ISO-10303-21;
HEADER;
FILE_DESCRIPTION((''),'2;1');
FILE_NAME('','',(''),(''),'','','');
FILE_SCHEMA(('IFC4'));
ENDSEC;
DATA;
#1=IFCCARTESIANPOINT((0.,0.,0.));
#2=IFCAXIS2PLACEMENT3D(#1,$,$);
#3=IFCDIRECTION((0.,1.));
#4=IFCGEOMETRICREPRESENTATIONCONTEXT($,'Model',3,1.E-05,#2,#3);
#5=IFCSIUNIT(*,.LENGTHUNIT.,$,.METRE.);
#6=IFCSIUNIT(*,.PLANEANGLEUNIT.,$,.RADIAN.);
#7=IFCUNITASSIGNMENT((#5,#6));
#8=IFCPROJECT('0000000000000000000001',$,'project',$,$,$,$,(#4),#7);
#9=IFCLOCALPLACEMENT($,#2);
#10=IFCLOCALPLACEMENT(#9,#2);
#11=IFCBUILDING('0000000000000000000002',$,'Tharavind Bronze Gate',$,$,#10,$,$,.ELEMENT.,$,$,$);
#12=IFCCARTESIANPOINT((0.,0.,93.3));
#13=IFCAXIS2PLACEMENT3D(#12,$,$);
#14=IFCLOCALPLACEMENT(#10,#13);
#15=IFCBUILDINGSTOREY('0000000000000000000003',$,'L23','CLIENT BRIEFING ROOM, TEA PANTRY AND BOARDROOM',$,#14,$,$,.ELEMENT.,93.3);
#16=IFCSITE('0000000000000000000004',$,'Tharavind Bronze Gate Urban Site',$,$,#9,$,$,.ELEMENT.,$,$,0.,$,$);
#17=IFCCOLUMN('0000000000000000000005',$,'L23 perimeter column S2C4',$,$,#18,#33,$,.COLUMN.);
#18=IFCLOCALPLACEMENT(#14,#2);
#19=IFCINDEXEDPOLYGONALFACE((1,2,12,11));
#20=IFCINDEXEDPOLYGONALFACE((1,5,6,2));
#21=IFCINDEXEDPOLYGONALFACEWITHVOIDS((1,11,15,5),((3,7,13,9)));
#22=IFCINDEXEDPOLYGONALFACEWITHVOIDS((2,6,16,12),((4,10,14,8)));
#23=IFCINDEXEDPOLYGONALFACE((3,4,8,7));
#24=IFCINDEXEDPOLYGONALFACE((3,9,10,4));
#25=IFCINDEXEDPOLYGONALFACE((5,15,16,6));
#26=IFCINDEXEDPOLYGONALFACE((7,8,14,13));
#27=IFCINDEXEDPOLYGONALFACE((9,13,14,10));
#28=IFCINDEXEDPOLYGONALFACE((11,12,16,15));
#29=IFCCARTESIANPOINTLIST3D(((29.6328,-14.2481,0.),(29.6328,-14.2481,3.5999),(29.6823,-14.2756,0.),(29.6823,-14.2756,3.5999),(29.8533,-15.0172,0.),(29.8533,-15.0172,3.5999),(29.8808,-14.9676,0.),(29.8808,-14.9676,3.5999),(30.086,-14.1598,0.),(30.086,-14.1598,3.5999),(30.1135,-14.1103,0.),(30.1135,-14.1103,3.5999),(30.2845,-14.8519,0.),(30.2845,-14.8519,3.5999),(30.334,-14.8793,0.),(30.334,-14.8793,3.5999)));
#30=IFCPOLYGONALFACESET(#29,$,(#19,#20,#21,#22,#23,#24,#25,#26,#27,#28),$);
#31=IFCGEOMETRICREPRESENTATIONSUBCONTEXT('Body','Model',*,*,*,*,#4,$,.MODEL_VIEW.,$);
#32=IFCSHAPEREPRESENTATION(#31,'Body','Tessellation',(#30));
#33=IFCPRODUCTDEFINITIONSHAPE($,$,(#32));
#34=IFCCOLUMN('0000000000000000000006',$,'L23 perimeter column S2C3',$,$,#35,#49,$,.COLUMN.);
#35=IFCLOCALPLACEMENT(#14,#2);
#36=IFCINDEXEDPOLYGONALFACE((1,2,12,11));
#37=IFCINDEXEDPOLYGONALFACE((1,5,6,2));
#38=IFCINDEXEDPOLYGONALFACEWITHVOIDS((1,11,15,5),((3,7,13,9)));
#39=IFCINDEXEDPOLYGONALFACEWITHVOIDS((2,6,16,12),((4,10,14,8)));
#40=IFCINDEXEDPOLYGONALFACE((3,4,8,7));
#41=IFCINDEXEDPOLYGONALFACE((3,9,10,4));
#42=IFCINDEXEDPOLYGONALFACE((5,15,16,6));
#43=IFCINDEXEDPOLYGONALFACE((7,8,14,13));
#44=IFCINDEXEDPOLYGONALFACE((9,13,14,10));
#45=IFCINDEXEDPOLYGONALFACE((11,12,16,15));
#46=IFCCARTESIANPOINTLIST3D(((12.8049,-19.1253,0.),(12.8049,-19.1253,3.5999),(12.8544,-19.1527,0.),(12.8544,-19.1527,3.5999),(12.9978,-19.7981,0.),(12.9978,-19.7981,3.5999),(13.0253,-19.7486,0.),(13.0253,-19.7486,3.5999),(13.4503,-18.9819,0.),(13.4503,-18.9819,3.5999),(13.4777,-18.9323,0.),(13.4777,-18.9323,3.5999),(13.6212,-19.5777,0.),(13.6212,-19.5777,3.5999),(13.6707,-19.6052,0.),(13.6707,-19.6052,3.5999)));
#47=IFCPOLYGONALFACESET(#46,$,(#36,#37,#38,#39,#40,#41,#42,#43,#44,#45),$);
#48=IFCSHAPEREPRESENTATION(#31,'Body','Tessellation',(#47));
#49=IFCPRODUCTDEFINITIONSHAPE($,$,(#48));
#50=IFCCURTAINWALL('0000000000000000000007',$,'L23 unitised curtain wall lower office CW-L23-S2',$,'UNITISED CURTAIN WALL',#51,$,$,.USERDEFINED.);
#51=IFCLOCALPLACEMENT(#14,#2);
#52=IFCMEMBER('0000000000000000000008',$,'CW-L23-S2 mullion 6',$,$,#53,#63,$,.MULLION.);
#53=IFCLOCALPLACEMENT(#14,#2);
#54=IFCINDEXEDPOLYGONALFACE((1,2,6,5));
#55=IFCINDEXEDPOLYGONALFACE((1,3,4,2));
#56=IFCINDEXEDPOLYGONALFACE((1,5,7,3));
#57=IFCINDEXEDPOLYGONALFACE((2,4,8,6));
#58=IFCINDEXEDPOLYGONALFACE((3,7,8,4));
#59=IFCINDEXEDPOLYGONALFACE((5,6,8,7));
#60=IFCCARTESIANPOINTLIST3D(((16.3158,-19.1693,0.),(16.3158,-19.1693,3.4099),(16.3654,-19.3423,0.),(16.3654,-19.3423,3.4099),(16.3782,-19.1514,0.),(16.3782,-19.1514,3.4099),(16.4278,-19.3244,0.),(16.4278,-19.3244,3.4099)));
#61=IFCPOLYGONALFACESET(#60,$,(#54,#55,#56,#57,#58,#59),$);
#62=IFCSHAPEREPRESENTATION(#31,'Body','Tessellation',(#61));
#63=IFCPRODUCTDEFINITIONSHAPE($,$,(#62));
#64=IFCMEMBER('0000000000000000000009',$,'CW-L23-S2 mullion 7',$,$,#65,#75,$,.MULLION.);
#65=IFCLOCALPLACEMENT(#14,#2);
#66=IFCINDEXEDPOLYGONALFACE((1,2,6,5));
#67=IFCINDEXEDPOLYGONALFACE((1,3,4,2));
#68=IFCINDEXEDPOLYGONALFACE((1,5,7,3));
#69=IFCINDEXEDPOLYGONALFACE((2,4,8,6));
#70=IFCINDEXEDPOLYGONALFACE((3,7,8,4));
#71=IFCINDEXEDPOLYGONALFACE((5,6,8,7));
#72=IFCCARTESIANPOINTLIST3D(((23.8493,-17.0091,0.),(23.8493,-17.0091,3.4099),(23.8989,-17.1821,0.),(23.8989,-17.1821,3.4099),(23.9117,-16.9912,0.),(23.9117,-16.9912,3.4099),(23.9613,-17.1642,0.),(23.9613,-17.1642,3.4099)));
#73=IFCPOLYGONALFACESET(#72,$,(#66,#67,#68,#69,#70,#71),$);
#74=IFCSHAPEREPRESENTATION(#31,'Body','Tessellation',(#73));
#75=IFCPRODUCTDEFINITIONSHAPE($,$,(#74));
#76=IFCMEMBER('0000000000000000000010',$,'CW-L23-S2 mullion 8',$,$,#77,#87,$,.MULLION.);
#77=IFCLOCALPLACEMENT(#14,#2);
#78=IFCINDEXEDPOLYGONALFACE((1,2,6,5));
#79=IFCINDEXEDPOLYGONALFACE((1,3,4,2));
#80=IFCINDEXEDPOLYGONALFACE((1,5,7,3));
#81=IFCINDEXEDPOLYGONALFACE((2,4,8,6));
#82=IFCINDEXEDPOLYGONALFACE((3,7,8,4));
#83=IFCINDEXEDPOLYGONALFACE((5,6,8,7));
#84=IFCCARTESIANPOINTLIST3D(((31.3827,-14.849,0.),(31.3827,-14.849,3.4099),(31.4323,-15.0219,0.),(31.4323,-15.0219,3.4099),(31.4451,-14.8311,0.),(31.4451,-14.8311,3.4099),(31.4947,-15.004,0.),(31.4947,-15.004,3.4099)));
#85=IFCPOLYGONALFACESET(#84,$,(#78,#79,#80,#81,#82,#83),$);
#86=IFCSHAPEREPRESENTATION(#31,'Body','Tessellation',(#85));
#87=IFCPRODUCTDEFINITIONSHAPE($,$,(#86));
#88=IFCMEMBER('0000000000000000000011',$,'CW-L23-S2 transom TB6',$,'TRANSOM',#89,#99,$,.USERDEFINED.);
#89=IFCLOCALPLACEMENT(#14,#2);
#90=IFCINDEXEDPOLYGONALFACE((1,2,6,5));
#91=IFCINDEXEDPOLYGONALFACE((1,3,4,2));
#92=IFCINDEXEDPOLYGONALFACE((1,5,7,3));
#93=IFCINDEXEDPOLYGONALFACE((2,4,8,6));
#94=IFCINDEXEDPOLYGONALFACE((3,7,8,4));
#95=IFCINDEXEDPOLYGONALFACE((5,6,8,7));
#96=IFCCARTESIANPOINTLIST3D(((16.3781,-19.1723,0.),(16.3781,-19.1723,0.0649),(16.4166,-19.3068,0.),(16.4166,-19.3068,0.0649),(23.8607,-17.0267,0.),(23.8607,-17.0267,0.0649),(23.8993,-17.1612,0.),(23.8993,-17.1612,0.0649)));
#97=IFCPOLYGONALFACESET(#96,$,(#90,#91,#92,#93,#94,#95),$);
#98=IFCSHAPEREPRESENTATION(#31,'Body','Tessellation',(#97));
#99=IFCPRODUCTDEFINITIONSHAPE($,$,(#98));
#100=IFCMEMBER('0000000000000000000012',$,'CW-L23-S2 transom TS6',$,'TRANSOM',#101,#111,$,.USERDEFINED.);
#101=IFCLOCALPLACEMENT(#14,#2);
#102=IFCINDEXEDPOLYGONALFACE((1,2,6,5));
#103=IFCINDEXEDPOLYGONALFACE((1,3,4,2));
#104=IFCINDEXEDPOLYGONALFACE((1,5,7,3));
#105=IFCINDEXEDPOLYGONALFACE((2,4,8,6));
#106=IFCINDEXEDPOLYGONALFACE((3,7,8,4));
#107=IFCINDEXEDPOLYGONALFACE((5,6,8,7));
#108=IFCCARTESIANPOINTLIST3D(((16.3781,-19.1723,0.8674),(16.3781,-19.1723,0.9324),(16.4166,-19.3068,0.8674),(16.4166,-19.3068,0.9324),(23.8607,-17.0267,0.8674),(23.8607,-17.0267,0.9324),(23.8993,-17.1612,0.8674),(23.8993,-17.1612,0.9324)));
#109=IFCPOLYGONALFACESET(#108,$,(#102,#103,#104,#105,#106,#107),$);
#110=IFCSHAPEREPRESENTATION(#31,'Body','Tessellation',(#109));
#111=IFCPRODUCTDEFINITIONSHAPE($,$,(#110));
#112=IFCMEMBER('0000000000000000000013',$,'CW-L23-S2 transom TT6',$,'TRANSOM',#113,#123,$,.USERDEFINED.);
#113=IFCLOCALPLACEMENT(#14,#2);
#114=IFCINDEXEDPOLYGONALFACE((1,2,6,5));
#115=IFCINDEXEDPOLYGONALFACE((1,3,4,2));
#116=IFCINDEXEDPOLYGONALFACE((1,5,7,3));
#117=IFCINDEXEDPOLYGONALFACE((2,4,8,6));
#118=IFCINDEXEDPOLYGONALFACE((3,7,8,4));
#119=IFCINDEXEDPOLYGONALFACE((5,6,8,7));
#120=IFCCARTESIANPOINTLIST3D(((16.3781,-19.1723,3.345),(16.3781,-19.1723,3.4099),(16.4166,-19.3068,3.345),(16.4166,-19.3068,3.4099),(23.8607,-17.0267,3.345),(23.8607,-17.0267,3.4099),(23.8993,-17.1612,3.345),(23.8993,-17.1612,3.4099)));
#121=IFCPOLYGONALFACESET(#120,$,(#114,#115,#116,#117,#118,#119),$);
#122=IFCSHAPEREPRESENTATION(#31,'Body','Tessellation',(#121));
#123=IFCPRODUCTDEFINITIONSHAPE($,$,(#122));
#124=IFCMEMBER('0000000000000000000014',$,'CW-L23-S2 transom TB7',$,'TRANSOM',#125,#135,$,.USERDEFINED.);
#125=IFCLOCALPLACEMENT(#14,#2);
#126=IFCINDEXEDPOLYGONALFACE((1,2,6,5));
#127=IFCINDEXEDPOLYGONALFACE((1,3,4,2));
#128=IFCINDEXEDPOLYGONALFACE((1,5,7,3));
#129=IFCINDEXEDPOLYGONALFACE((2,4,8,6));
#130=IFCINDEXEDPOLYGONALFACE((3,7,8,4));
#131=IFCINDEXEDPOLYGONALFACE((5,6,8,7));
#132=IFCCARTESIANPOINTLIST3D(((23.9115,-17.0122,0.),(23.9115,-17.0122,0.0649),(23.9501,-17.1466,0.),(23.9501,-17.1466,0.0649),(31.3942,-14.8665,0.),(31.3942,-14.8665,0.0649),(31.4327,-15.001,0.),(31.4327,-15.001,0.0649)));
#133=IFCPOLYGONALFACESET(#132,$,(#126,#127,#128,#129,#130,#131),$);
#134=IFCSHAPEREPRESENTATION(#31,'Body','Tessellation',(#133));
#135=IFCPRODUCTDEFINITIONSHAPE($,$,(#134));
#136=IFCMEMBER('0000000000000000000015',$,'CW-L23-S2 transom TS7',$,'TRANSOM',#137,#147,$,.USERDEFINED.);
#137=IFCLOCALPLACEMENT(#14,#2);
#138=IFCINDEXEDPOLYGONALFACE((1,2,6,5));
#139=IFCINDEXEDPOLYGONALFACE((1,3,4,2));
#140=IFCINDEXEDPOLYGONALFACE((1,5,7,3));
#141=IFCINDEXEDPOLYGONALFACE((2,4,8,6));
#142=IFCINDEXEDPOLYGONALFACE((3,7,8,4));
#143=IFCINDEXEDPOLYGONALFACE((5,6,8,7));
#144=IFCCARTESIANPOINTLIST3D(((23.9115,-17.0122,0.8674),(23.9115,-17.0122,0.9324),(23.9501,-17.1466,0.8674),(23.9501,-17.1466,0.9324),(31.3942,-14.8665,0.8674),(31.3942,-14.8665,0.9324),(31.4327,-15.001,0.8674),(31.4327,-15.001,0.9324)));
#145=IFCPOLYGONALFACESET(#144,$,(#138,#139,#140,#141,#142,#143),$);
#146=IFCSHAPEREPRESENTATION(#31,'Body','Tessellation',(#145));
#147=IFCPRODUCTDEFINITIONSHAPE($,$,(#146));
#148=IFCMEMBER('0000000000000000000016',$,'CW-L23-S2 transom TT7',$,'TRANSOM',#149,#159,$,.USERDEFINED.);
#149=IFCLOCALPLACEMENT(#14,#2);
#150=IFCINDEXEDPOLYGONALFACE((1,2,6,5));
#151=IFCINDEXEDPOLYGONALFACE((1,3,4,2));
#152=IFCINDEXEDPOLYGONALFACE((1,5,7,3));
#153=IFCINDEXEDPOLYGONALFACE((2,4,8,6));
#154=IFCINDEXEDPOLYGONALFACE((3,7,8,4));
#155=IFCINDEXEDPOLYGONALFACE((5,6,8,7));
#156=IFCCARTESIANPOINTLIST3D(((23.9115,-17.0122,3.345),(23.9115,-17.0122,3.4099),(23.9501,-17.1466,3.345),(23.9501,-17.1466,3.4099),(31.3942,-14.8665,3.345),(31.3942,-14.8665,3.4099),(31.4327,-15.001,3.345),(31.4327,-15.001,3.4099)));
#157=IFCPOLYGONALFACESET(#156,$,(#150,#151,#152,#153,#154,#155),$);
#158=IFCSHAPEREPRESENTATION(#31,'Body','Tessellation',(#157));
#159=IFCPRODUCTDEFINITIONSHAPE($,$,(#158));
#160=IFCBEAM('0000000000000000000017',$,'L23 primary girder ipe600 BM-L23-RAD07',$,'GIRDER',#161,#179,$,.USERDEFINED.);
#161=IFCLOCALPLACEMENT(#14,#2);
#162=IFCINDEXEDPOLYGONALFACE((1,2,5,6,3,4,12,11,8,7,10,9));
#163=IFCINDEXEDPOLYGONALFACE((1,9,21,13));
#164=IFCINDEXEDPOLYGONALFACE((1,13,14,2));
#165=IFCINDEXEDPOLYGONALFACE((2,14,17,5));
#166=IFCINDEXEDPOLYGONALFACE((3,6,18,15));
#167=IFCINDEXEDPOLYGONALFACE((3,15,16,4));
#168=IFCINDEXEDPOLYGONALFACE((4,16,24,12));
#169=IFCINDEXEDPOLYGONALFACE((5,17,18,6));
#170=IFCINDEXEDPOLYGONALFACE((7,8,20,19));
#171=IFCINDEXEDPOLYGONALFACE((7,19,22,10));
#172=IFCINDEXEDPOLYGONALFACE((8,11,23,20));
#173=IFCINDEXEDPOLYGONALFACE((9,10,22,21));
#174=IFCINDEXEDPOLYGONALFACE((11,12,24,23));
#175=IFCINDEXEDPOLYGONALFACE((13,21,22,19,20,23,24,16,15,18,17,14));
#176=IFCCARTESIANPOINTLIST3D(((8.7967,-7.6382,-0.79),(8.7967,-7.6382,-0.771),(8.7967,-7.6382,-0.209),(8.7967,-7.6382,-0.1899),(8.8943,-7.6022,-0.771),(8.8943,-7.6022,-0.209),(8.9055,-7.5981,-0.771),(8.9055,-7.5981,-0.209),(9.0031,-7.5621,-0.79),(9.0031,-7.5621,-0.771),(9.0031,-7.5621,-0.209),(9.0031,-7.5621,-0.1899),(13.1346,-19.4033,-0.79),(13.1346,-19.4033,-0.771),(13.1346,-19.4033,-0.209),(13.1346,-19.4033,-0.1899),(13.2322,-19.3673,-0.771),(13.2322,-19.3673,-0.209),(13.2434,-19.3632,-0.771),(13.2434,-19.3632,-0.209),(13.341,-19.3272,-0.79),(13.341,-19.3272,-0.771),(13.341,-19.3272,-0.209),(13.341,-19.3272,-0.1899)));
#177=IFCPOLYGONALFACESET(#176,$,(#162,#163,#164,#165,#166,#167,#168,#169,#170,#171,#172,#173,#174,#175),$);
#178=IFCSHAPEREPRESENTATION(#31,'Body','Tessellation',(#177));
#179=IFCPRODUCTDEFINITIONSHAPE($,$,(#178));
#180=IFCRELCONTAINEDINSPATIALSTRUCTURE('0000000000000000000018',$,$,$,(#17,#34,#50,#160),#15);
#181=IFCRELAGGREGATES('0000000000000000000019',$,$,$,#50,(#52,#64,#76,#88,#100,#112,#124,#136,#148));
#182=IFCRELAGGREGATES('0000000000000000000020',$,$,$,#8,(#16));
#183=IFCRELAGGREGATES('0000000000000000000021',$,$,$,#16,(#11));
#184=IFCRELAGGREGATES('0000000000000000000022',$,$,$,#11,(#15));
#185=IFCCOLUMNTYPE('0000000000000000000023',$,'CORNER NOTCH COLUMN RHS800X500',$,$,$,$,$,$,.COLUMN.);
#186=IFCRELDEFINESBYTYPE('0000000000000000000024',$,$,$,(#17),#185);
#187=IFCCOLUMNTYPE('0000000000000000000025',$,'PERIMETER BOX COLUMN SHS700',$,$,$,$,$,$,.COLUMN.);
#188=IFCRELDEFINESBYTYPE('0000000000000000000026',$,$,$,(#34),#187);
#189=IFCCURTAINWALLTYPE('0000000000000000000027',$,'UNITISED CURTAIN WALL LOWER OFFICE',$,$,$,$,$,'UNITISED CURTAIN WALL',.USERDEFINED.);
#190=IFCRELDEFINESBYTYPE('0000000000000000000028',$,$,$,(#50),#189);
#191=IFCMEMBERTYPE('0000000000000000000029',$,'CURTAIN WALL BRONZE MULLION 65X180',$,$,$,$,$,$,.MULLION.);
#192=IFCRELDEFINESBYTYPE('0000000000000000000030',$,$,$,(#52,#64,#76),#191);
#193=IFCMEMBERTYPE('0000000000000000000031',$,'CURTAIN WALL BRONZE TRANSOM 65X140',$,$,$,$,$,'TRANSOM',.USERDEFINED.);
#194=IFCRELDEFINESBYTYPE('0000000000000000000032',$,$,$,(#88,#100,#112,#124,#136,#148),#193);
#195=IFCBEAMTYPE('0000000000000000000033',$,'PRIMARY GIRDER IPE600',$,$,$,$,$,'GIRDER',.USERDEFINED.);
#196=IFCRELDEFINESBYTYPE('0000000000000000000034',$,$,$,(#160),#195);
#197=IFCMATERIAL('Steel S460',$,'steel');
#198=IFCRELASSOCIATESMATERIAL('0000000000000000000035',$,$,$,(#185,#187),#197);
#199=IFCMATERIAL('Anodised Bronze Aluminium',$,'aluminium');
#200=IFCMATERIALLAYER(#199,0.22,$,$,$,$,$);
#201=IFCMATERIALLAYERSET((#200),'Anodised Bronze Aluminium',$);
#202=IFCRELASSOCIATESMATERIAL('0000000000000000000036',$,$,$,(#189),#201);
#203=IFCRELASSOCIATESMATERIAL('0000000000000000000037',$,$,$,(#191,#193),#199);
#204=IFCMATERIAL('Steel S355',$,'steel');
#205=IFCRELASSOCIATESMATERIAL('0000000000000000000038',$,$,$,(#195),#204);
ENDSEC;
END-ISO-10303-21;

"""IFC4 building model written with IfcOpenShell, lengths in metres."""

from ifc_helpers import new_model, si_unit, direction, frame, origin, origin_2d, place, context, subcontext, project, spatial, rectangle, hollow_rectangle, i_section, extrude, material, layer, layer_set, material_profile, profile_set, type_object, element, aggregate, save


model = new_model("IFC4")

# Units and contexts
model_context = context("Model", 3, precision=1e-05, world=origin(), true_north=direction((0.0, 1.0)))
body_context = subcontext(model_context, "Body", "Model", "MODEL_VIEW")
ifc_project = project(units=[si_unit("LENGTHUNIT", "METRE"), si_unit("PLANEANGLEUNIT", "RADIAN")], contexts=[model_context])

# Site, building, storey
site_placement = place(None, origin())
site = spatial("IfcSite", under=ifc_project, at=site_placement, Name="Tharavind Bronze Gate Urban Site", CompositionType="ELEMENT", RefElevation=0.0)
building_placement = place(site_placement, origin())
building = spatial("IfcBuilding", under=site, at=building_placement, Name="Tharavind Bronze Gate", CompositionType="ELEMENT")
storey_placement = place(building_placement, frame((0.0, 0.0, 93.3)))
storey = spatial("IfcBuildingStorey", under=building, at=storey_placement, Name="L23", Description="CLIENT BRIEFING ROOM, TEA PANTRY AND BOARDROOM", CompositionType="ELEMENT", Elevation=93.3)

# Columns
ifc_material_1 = material(Name="Steel S460", Category="steel")
ifc_material_profile_1 = material_profile(ifc_material_1, hollow_rectangle(XDim=0.5, YDim=0.8, WallThickness=0.04, at=origin_2d()), Name="RHS800X500X40")
ifc_profile_set_1 = profile_set([ifc_material_profile_1], Name="Steel S460")
column_type_1 = type_object("IfcColumnType", Name="CORNER NOTCH COLUMN RHS800X500", PredefinedType="COLUMN", material=ifc_profile_set_1)
column_1_placement = place(storey_placement, frame((29.9834, -14.5637, 0.0), z_axis=(0.0, 0.0, 1.0), x_axis=(0.961262, 0.275637, 0.0)))
element("IfcColumn", 1, at=column_1_placement, inside=storey, type_object=column_type_1, Name="L23 perimeter column S2C4", PredefinedType="COLUMN", context=body_context, shape_type="SweptSolid", body=[
    extrude(hollow_rectangle(XDim=0.5, YDim=0.8, WallThickness=0.04, at=origin_2d()), origin(), (0.0, 0.0, 1.0), 3.5999),
])
ifc_material_profile_2 = material_profile(ifc_material_1, hollow_rectangle(XDim=0.7, YDim=0.7, WallThickness=0.04, at=origin_2d()), Name="SHS700X40")
ifc_profile_set_2 = profile_set([ifc_material_profile_2], Name="Steel S460")
column_type_2 = type_object("IfcColumnType", Name="PERIMETER BOX COLUMN SHS700", PredefinedType="COLUMN", material=ifc_profile_set_2)
column_2_placement = place(storey_placement, frame((13.2378, -19.3652, 0.0), z_axis=(0.0, 0.0, 1.0), x_axis=(0.961262, 0.275637, 0.0)))
element("IfcColumn", 2, at=column_2_placement, inside=storey, type_object=column_type_2, Name="L23 perimeter column S2C3", PredefinedType="COLUMN", context=body_context, shape_type="SweptSolid", body=[
    extrude(hollow_rectangle(XDim=0.7, YDim=0.7, WallThickness=0.04, at=origin_2d()), origin(), (0.0, 0.0, 1.0), 3.5999),
])

# Curtain wall, members
ifc_material_2 = material(Name="Anodised Bronze Aluminium", Category="aluminium")
ifc_layer_1 = layer(ifc_material_2, 0.22)
ifc_layer_set_1 = layer_set([ifc_layer_1], Name="Anodised Bronze Aluminium")
curtain_wall_type = type_object("IfcCurtainWallType", Name="UNITISED CURTAIN WALL LOWER OFFICE", ElementType="UNITISED CURTAIN WALL", PredefinedType="USERDEFINED", material=ifc_layer_set_1)
curtain_wall_placement = place(storey_placement, origin())
curtain_wall = element("IfcCurtainWall", 3, at=curtain_wall_placement, inside=storey, type_object=curtain_wall_type, Name="L23 unitised curtain wall lower office CW-L23-S2", ObjectType="UNITISED CURTAIN WALL", PredefinedType="USERDEFINED")
member_type_1 = type_object("IfcMemberType", Name="CURTAIN WALL BRONZE MULLION 65X180", PredefinedType="MULLION", material=ifc_material_2)
member_1_placement = place(storey_placement, frame((16.3718, -19.2468, 0.0), z_axis=(0.0, 0.0, 1.0), x_axis=(0.961262, 0.275637, 0.0)))
member_1 = element("IfcMember", 4, at=member_1_placement, type_object=member_type_1, Name="CW-L23-S2 mullion 6", PredefinedType="MULLION", context=body_context, shape_type="SweptSolid", body=[
    extrude(rectangle(XDim=0.0649, YDim=0.1799, at=origin_2d()), origin(), (0.0, 0.0, 1.0), 3.4099),
])
member_2_placement = place(storey_placement, frame((23.9053, -17.0867, 0.0), z_axis=(0.0, 0.0, 1.0), x_axis=(0.961262, 0.275637, 0.0)))
member_2 = element("IfcMember", 5, at=member_2_placement, type_object=member_type_1, Name="CW-L23-S2 mullion 7", PredefinedType="MULLION", context=body_context, shape_type="SweptSolid", body=[
    extrude(rectangle(XDim=0.0649, YDim=0.1799, at=origin_2d()), origin(), (0.0, 0.0, 1.0), 3.4099),
])
member_3_placement = place(storey_placement, frame((31.4387, -14.9265, 0.0), z_axis=(0.0, 0.0, 1.0), x_axis=(0.961262, 0.275637, 0.0)))
member_3 = element("IfcMember", 6, at=member_3_placement, type_object=member_type_1, Name="CW-L23-S2 mullion 8", PredefinedType="MULLION", context=body_context, shape_type="SweptSolid", body=[
    extrude(rectangle(XDim=0.0649, YDim=0.1799, at=origin_2d()), origin(), (0.0, 0.0, 1.0), 3.4099),
])
member_type_2 = type_object("IfcMemberType", Name="CURTAIN WALL BRONZE TRANSOM 65X140", ElementType="TRANSOM", PredefinedType="USERDEFINED", material=ifc_material_2)
member_4_placement = place(storey_placement, frame((20.1387, -18.1667, 0.0), z_axis=(0.0, 0.0, 1.0), x_axis=(0.961262, 0.275637, 0.0)))
member_4 = element("IfcMember", 7, at=member_4_placement, type_object=member_type_2, Name="CW-L23-S2 transom TB6", ObjectType="TRANSOM", PredefinedType="USERDEFINED", context=body_context, shape_type="SweptSolid", body=[
    extrude(rectangle(XDim=7.7842, YDim=0.1399, at=origin_2d()), origin(), (0.0, 0.0, 1.0), 0.0649),
])
member_5_placement = place(storey_placement, frame((20.1387, -18.1667, 0.8674), z_axis=(0.0, 0.0, 1.0), x_axis=(0.961262, 0.275637, 0.0)))
member_5 = element("IfcMember", 8, at=member_5_placement, type_object=member_type_2, Name="CW-L23-S2 transom TS6", ObjectType="TRANSOM", PredefinedType="USERDEFINED", context=body_context, shape_type="SweptSolid", body=[
    extrude(rectangle(XDim=7.7842, YDim=0.1399, at=origin_2d()), origin(), (0.0, 0.0, 1.0), 0.0649),
])
member_6_placement = place(storey_placement, frame((20.1387, -18.1667, 3.345), z_axis=(0.0, 0.0, 1.0), x_axis=(0.961262, 0.275637, 0.0)))
member_6 = element("IfcMember", 9, at=member_6_placement, type_object=member_type_2, Name="CW-L23-S2 transom TT6", ObjectType="TRANSOM", PredefinedType="USERDEFINED", context=body_context, shape_type="SweptSolid", body=[
    extrude(rectangle(XDim=7.7842, YDim=0.1399, at=origin_2d()), origin(), (0.0, 0.0, 1.0), 0.0649),
])
member_7_placement = place(storey_placement, frame((27.6721, -16.0066, 0.0), z_axis=(0.0, 0.0, 1.0), x_axis=(0.961262, 0.275637, 0.0)))
member_7 = element("IfcMember", 10, at=member_7_placement, type_object=member_type_2, Name="CW-L23-S2 transom TB7", ObjectType="TRANSOM", PredefinedType="USERDEFINED", context=body_context, shape_type="SweptSolid", body=[
    extrude(rectangle(XDim=7.7842, YDim=0.1399, at=origin_2d()), origin(), (0.0, 0.0, 1.0), 0.0649),
])
member_8_placement = place(storey_placement, frame((27.6721, -16.0066, 0.8674), z_axis=(0.0, 0.0, 1.0), x_axis=(0.961262, 0.275637, 0.0)))
member_8 = element("IfcMember", 11, at=member_8_placement, type_object=member_type_2, Name="CW-L23-S2 transom TS7", ObjectType="TRANSOM", PredefinedType="USERDEFINED", context=body_context, shape_type="SweptSolid", body=[
    extrude(rectangle(XDim=7.7842, YDim=0.1399, at=origin_2d()), origin(), (0.0, 0.0, 1.0), 0.0649),
])
member_9_placement = place(storey_placement, frame((27.6721, -16.0066, 3.345), z_axis=(0.0, 0.0, 1.0), x_axis=(0.961262, 0.275637, 0.0)))
member_9 = element("IfcMember", 12, at=member_9_placement, type_object=member_type_2, Name="CW-L23-S2 transom TT7", ObjectType="TRANSOM", PredefinedType="USERDEFINED", context=body_context, shape_type="SweptSolid", body=[
    extrude(rectangle(XDim=7.7842, YDim=0.1399, at=origin_2d()), origin(), (0.0, 0.0, 1.0), 0.0649),
])

# Beam
ifc_material_3 = material(Name="Steel S355", Category="steel")
ifc_material_profile_3 = material_profile(ifc_material_3, i_section(OverallWidth=0.22, OverallDepth=0.6001, WebThickness=0.012, FlangeThickness=0.019, at=origin_2d()), Name="IPE600")
ifc_profile_set_3 = profile_set([ifc_material_profile_3], Name="Steel S355")
beam_type_1 = type_object("IfcBeamType", Name="PRIMARY GIRDER IPE600", ElementType="GIRDER", PredefinedType="USERDEFINED", material=ifc_profile_set_3)
beam_1_placement = place(storey_placement, frame((13.2378, -19.3652, -0.49), z_axis=(-0.345942, 0.938256, 0.0), x_axis=(-0.938256, -0.345942, 0.0)))
element("IfcBeam", 13, at=beam_1_placement, inside=storey, type_object=beam_type_1, Name="L23 primary girder ipe600 BM-L23-RAD07", ObjectType="GIRDER", PredefinedType="USERDEFINED", context=body_context, shape_type="SweptSolid", body=[
    extrude(i_section(OverallWidth=0.22, OverallDepth=0.6001, WebThickness=0.012, FlangeThickness=0.019, at=origin_2d()), origin(), (0.0, 0.0, 1.0), 12.5393),
])

aggregate(curtain_wall, [member_1, member_2, member_3, member_4, member_5, member_6, member_7, member_8, member_9])

save(model, "model.ifc")
